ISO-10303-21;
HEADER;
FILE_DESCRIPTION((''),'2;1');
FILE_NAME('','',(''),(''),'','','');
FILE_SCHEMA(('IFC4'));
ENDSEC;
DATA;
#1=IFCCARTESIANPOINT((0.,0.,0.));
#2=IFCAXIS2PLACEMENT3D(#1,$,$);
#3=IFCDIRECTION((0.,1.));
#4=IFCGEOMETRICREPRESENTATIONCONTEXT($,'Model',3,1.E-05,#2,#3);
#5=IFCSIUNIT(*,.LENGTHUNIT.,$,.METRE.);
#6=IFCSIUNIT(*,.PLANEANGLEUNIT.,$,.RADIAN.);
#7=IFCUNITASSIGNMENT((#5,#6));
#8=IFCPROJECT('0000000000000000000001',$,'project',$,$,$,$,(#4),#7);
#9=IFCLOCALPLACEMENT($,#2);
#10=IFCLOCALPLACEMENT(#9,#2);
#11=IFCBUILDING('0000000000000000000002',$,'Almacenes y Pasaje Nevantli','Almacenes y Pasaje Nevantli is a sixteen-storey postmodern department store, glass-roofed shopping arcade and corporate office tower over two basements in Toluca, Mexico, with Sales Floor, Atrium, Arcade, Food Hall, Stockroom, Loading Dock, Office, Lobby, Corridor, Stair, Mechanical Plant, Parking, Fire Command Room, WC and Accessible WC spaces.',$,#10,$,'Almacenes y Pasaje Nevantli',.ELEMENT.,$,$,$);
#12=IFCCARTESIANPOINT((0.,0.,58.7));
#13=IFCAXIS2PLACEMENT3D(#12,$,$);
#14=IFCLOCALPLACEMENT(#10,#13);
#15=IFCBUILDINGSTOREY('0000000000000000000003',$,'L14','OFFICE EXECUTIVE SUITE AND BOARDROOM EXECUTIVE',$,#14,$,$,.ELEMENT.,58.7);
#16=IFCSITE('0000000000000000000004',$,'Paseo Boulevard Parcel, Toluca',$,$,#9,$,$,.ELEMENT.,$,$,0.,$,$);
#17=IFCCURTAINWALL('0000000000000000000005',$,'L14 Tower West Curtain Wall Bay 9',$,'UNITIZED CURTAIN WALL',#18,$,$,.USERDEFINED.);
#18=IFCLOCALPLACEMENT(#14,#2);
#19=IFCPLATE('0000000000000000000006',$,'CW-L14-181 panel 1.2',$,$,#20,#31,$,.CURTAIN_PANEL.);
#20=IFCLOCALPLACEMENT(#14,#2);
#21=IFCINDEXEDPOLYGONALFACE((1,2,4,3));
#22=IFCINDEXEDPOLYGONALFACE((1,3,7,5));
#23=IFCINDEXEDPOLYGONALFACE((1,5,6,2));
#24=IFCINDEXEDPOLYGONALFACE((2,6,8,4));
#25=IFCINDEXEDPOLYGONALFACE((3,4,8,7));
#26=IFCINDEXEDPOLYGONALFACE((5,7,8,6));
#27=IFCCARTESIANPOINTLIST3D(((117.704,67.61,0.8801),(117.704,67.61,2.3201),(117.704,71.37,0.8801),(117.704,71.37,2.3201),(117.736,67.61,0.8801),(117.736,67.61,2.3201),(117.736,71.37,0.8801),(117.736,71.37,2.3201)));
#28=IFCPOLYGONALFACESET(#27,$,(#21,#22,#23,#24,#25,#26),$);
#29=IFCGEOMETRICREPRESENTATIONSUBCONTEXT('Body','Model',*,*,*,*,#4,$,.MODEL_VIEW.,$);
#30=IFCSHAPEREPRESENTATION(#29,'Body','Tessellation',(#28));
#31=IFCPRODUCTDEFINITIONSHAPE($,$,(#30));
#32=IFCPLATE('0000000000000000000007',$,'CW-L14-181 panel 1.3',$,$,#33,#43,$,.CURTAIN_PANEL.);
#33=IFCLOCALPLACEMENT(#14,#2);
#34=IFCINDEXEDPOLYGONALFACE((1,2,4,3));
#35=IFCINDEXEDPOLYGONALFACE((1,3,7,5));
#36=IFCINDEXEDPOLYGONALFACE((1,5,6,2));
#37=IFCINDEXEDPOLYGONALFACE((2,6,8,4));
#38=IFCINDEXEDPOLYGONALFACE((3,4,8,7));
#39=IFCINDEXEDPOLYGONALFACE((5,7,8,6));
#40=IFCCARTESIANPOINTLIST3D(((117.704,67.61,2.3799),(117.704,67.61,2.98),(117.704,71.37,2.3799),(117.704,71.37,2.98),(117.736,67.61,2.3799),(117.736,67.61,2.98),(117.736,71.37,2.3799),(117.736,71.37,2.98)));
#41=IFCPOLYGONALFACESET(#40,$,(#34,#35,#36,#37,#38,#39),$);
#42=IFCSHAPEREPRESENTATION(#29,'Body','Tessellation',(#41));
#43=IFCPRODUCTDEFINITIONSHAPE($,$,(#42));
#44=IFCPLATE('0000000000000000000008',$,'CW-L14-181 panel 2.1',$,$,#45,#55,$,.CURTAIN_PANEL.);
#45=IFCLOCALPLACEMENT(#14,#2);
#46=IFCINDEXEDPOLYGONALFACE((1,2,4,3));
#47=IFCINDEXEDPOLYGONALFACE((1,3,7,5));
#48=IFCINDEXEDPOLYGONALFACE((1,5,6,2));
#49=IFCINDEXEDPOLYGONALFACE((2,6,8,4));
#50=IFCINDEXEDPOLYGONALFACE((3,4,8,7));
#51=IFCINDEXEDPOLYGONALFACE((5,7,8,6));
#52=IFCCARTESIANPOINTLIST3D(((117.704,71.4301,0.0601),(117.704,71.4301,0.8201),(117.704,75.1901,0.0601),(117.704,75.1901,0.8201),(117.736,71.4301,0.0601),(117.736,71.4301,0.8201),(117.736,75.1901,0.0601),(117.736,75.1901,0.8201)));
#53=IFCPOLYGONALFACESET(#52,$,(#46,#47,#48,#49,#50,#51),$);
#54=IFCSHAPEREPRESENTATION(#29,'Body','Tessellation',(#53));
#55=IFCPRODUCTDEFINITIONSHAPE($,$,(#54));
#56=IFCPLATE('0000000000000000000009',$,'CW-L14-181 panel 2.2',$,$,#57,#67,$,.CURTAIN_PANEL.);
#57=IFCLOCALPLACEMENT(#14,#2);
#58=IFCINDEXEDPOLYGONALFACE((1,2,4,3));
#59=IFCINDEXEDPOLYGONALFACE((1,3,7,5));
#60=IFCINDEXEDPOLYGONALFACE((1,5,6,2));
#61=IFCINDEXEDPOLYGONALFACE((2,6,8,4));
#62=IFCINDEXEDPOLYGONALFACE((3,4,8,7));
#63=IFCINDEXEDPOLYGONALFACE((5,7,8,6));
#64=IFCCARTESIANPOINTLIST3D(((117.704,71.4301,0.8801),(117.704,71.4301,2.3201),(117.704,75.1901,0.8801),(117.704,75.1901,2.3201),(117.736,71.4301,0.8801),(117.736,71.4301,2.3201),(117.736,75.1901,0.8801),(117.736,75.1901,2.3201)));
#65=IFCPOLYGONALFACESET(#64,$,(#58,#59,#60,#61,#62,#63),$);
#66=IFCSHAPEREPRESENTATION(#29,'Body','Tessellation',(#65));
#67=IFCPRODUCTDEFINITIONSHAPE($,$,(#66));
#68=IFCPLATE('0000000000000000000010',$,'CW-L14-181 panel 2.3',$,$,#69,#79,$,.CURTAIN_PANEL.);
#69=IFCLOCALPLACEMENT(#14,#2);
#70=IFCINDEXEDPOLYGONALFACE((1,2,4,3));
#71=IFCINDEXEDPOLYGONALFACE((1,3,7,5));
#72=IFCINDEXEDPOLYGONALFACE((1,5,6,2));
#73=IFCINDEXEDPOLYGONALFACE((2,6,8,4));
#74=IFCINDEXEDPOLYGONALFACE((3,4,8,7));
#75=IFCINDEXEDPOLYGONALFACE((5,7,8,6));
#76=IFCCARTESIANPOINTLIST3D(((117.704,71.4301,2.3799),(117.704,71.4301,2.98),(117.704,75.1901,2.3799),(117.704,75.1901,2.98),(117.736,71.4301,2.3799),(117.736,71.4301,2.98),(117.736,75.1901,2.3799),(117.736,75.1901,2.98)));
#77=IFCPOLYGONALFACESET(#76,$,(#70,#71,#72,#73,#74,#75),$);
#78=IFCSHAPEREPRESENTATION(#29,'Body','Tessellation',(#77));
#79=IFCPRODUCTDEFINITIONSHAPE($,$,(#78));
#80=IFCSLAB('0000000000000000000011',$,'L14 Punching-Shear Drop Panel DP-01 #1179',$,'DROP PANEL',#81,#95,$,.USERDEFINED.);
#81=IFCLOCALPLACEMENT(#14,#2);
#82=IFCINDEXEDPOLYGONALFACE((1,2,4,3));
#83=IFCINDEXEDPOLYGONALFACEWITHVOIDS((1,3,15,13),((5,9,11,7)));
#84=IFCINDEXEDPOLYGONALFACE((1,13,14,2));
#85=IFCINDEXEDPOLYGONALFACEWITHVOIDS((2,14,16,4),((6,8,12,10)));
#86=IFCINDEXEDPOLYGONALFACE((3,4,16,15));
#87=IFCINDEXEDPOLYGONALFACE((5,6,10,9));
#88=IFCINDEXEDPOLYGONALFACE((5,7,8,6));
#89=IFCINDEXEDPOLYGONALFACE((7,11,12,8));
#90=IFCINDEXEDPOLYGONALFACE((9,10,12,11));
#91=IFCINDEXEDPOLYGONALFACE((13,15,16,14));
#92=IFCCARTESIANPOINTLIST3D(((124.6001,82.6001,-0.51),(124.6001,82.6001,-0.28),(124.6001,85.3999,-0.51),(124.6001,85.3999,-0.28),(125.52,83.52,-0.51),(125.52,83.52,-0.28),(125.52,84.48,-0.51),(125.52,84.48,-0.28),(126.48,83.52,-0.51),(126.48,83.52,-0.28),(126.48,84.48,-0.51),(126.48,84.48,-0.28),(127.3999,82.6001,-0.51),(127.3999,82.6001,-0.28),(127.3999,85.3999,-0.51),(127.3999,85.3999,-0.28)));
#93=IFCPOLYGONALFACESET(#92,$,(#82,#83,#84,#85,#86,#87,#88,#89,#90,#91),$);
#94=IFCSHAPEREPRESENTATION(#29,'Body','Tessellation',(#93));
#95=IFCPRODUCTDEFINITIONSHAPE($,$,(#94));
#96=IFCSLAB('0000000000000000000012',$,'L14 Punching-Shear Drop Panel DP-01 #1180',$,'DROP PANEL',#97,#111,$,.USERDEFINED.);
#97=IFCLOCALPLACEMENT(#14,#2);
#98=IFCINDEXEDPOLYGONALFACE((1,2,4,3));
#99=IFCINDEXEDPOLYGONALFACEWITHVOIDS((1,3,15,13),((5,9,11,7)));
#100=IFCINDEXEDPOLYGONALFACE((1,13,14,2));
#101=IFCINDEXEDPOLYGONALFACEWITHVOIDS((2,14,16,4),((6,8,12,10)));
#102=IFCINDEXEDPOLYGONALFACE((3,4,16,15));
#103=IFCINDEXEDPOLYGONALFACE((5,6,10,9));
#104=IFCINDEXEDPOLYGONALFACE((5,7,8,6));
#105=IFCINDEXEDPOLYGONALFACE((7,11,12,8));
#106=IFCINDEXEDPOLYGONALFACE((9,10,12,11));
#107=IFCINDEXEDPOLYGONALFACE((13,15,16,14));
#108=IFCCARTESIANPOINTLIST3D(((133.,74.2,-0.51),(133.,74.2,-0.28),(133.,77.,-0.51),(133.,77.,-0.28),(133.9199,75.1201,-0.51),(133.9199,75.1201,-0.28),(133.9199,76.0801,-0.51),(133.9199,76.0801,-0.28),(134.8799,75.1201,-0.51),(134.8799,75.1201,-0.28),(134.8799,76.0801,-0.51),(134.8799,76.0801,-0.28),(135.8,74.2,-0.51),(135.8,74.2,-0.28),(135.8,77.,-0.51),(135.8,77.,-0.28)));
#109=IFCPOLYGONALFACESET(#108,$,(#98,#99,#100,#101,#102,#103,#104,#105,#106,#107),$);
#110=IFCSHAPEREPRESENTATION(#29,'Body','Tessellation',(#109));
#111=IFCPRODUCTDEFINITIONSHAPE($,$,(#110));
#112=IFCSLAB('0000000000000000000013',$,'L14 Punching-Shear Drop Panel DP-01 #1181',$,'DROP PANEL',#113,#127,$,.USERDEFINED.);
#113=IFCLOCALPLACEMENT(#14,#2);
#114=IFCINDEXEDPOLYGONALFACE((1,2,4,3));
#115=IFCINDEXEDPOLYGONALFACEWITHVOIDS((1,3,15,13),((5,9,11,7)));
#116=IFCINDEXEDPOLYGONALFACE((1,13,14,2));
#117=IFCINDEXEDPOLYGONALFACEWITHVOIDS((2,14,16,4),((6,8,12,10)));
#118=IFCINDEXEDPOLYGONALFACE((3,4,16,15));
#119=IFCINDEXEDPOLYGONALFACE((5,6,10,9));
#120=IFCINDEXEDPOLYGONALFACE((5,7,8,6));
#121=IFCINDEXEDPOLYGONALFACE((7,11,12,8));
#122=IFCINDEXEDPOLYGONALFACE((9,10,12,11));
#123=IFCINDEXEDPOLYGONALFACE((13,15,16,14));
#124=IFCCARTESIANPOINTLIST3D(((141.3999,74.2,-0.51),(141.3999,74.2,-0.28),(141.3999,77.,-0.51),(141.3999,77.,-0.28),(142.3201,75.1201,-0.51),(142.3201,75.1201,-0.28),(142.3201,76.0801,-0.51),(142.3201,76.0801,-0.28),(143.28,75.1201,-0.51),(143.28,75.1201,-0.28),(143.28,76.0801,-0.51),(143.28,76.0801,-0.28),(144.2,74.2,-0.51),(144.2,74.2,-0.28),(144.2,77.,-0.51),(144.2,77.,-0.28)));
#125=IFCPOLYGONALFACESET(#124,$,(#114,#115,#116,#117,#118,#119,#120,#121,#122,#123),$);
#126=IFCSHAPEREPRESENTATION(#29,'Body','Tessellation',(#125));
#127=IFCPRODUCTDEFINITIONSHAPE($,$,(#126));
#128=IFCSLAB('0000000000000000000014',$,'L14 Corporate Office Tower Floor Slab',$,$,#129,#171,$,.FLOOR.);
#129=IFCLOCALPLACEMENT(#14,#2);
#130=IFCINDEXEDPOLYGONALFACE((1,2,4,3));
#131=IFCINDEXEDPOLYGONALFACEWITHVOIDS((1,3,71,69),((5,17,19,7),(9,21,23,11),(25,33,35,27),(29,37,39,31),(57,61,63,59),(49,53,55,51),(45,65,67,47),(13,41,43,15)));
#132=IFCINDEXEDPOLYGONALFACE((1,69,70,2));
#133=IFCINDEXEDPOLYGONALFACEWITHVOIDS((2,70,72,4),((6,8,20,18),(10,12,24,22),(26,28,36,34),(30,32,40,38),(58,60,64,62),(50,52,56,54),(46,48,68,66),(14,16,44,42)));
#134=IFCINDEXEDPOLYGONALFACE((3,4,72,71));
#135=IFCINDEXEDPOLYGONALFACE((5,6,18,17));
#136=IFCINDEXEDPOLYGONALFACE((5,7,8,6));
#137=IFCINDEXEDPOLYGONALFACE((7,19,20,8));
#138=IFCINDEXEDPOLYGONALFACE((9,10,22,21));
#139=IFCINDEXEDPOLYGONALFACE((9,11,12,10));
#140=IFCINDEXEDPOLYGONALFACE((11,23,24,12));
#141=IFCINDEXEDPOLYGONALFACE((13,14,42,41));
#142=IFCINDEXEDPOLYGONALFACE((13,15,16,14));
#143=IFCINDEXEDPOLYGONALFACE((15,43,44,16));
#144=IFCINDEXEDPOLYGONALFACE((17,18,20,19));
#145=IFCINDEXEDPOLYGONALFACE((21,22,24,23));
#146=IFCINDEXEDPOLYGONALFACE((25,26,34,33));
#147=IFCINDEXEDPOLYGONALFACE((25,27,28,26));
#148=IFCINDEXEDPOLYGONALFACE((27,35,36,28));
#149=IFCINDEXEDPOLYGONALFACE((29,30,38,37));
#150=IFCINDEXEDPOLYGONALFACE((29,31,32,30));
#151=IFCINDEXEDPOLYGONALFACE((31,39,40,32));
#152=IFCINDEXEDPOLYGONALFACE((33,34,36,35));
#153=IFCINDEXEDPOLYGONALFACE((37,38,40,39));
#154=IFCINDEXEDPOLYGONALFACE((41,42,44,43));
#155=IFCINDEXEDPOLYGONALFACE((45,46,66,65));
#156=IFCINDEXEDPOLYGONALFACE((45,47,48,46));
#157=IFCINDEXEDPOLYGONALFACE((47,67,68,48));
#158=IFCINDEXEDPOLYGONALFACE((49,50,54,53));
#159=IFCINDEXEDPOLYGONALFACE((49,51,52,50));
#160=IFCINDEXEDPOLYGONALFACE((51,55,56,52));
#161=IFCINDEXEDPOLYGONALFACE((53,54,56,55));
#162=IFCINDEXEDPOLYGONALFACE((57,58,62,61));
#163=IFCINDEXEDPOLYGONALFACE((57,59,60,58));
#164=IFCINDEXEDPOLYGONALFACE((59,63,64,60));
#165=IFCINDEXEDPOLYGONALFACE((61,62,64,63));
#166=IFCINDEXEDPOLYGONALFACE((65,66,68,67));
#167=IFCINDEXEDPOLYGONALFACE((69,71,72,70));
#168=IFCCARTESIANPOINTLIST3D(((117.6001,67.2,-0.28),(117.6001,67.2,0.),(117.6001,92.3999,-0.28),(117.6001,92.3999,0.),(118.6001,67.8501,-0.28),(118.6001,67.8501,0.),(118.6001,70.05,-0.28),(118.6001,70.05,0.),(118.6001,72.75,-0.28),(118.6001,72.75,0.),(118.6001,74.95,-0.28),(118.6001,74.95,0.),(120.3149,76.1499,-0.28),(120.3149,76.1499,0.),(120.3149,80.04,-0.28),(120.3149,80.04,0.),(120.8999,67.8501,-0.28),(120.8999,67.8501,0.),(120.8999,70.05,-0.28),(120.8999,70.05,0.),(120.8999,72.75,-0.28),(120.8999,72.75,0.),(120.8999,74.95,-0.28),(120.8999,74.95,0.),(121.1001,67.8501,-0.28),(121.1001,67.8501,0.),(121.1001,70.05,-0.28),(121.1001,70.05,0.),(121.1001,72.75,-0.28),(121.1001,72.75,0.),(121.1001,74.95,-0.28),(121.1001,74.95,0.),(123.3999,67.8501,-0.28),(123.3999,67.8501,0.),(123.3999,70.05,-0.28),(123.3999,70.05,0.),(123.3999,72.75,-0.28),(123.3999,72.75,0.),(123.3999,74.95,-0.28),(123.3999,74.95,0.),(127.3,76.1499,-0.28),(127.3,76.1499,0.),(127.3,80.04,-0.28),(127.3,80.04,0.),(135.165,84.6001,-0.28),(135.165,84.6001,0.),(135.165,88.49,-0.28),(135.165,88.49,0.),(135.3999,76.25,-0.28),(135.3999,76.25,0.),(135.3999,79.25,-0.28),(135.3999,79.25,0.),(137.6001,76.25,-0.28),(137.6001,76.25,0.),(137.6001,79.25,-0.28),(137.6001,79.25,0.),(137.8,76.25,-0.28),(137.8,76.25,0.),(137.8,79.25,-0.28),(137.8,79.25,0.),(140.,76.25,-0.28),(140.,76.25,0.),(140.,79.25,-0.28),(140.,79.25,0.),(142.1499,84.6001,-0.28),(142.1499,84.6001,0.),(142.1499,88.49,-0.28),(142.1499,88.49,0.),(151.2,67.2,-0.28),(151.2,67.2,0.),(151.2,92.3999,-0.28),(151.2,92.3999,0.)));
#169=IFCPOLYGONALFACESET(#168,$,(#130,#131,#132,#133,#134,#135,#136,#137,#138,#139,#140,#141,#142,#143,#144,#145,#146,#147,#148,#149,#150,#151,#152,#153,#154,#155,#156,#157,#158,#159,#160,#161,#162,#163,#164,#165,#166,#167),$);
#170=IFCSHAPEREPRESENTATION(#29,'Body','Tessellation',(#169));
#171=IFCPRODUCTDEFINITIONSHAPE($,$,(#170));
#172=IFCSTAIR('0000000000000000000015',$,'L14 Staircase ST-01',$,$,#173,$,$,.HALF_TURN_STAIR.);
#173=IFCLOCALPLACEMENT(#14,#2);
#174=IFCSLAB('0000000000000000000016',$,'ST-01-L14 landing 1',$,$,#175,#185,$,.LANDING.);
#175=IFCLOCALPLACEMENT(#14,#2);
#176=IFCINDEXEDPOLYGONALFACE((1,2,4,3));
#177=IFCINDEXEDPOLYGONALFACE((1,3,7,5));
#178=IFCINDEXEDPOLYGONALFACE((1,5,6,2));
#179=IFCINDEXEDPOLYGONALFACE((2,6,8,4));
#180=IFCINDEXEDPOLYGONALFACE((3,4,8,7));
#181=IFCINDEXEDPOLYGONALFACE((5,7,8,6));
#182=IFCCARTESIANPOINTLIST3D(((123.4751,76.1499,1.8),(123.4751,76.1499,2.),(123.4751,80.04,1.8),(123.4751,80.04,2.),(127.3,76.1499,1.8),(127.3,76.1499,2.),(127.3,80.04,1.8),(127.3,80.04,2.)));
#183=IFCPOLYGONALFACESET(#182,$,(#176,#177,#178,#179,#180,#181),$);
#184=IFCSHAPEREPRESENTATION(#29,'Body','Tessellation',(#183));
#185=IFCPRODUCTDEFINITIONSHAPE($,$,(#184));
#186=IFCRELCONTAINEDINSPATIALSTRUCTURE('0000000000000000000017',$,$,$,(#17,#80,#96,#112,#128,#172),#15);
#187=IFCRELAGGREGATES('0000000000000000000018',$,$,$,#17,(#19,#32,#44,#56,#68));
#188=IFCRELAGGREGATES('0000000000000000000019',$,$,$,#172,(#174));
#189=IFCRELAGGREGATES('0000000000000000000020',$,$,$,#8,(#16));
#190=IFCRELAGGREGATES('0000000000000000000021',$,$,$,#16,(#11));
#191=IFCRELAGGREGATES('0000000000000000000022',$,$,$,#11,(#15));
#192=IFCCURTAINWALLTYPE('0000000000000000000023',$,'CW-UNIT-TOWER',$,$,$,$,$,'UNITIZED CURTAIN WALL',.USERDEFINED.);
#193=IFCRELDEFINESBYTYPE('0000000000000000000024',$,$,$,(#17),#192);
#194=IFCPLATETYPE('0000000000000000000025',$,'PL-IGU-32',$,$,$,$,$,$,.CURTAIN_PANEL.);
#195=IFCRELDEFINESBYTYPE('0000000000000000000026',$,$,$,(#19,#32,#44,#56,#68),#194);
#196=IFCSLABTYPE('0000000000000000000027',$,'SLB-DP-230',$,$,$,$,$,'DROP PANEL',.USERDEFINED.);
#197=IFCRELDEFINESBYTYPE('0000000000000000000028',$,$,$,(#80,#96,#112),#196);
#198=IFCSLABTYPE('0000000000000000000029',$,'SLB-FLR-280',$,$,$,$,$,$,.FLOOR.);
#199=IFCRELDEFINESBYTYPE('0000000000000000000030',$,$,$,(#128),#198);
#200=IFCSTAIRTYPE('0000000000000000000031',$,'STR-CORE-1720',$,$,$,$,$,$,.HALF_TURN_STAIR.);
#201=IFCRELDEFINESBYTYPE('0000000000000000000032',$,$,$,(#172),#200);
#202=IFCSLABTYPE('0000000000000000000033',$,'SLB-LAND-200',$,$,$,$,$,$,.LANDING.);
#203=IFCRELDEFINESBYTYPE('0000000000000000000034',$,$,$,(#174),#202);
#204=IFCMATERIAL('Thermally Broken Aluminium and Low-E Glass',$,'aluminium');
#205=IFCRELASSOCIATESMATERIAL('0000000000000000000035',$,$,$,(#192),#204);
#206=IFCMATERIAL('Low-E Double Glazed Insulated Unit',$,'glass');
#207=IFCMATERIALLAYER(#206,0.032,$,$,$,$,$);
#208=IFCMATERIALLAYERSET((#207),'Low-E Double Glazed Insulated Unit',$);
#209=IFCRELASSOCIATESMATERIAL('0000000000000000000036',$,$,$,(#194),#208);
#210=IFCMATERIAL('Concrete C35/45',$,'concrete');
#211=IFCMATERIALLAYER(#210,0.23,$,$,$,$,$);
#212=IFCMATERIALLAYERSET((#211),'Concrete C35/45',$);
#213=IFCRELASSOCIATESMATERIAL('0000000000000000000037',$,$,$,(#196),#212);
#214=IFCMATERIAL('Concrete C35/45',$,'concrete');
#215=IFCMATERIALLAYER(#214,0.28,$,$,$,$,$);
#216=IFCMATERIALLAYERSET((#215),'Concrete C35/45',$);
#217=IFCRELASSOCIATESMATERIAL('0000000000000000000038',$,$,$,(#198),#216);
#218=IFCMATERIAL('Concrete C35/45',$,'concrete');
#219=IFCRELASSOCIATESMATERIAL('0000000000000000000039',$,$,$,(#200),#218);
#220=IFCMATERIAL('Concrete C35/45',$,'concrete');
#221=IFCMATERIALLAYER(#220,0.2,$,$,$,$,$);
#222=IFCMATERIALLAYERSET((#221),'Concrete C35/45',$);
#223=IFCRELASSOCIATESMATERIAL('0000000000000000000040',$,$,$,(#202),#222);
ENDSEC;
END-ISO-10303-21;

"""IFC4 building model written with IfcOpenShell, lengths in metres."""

from ifc_helpers import new_model, si_unit, direction, frame, origin, origin_2d, place, context, subcontext, project, spatial, polyline, rectangle, outline, extrude, material, layer, layer_set, type_object, element, aggregate, save


model = new_model("IFC4")

# Units and contexts
model_context = context("Model", 3, precision=1e-05, world=origin(), true_north=direction((0.0, 1.0)))
body_context = subcontext(model_context, "Body", "Model", "MODEL_VIEW")
ifc_project = project(units=[si_unit("LENGTHUNIT", "METRE"), si_unit("PLANEANGLEUNIT", "RADIAN")], contexts=[model_context])

# Site, building, storey
site_placement = place(None, origin())
site = spatial("IfcSite", under=ifc_project, at=site_placement, Name="Paseo Boulevard Parcel, Toluca", CompositionType="ELEMENT", RefElevation=0.0)
building_placement = place(site_placement, origin())
building = spatial("IfcBuilding", under=site, at=building_placement, Name="Almacenes y Pasaje Nevantli", Description="Almacenes y Pasaje Nevantli is a sixteen-storey postmodern department store, glass-roofed shopping arcade and corporate office tower over two basements in Toluca, Mexico, with Sales Floor, Atrium, Arcade, Food Hall, Stockroom, Loading Dock, Office, Lobby, Corridor, Stair, Mechanical Plant, Parking, Fire Command Room, WC and Accessible WC spaces.", LongName="Almacenes y Pasaje Nevantli", CompositionType="ELEMENT")
storey_placement = place(building_placement, frame((0.0, 0.0, 58.7)))
storey = spatial("IfcBuildingStorey", under=building, at=storey_placement, Name="L14", Description="OFFICE EXECUTIVE SUITE AND BOARDROOM EXECUTIVE", CompositionType="ELEMENT", Elevation=58.7)

# Curtain wall
ifc_material_1 = material(Name="Thermally Broken Aluminium and Low-E Glass", Category="aluminium")
curtain_wall_type = type_object("IfcCurtainWallType", Name="CW-UNIT-TOWER", ElementType="UNITIZED CURTAIN WALL", PredefinedType="USERDEFINED", material=ifc_material_1)
curtain_wall_1_placement = place(storey_placement, origin())
curtain_wall_1 = element("IfcCurtainWall", 1, at=curtain_wall_1_placement, inside=storey, type_object=curtain_wall_type, Name="L14 Tower West Curtain Wall Bay 9", ObjectType="UNITIZED CURTAIN WALL", PredefinedType="USERDEFINED")

# Plates
ifc_material_2 = material(Name="Low-E Double Glazed Insulated Unit", Category="glass")
ifc_layer_1 = layer(ifc_material_2, 0.032)
ifc_layer_set_1 = layer_set([ifc_layer_1], Name="Low-E Double Glazed Insulated Unit")
plate_type = type_object("IfcPlateType", Name="PL-IGU-32", PredefinedType="CURTAIN_PANEL", material=ifc_layer_set_1)
plate_1_placement = place(storey_placement, frame((117.72, 69.49, 0.8801), z_axis=(0.0, 0.0, 1.0), x_axis=(0.0, 1.0, 0.0)))
plate_1 = element("IfcPlate", 2, at=plate_1_placement, type_object=plate_type, Name="CW-L14-181 panel 1.2", PredefinedType="CURTAIN_PANEL", context=body_context, shape_type="SweptSolid", body=[
    extrude(rectangle(XDim=3.76, YDim=0.032, at=origin_2d()), origin(), (0.0, 0.0, 1.0), 1.4399),
])
plate_2_placement = place(storey_placement, frame((117.72, 69.49, 2.3799), z_axis=(0.0, 0.0, 1.0), x_axis=(0.0, 1.0, 0.0)))
plate_2 = element("IfcPlate", 3, at=plate_2_placement, type_object=plate_type, Name="CW-L14-181 panel 1.3", PredefinedType="CURTAIN_PANEL", context=body_context, shape_type="SweptSolid", body=[
    extrude(rectangle(XDim=3.76, YDim=0.032, at=origin_2d()), origin(), (0.0, 0.0, 1.0), 0.6001),
])
plate_3_placement = place(storey_placement, frame((117.72, 73.3101, 0.0601), z_axis=(0.0, 0.0, 1.0), x_axis=(0.0, 1.0, 0.0)))
plate_3 = element("IfcPlate", 4, at=plate_3_placement, type_object=plate_type, Name="CW-L14-181 panel 2.1", PredefinedType="CURTAIN_PANEL", context=body_context, shape_type="SweptSolid", body=[
    extrude(rectangle(XDim=3.76, YDim=0.032, at=origin_2d()), origin(), (0.0, 0.0, 1.0), 0.76),
])
plate_4_placement = place(storey_placement, frame((117.72, 73.3101, 0.8801), z_axis=(0.0, 0.0, 1.0), x_axis=(0.0, 1.0, 0.0)))
plate_4 = element("IfcPlate", 5, at=plate_4_placement, type_object=plate_type, Name="CW-L14-181 panel 2.2", PredefinedType="CURTAIN_PANEL", context=body_context, shape_type="SweptSolid", body=[
    extrude(rectangle(XDim=3.76, YDim=0.032, at=origin_2d()), origin(), (0.0, 0.0, 1.0), 1.4399),
])
plate_5_placement = place(storey_placement, frame((117.72, 73.3101, 2.3799), z_axis=(0.0, 0.0, 1.0), x_axis=(0.0, 1.0, 0.0)))
plate_5 = element("IfcPlate", 6, at=plate_5_placement, type_object=plate_type, Name="CW-L14-181 panel 2.3", PredefinedType="CURTAIN_PANEL", context=body_context, shape_type="SweptSolid", body=[
    extrude(rectangle(XDim=3.76, YDim=0.032, at=origin_2d()), origin(), (0.0, 0.0, 1.0), 0.6001),
])
aggregate(curtain_wall_1, [plate_1, plate_2, plate_3, plate_4, plate_5])

# Slabs
ifc_material_3 = material(Name="Concrete C35/45", Category="concrete")
ifc_layer_2 = layer(ifc_material_3, 0.23)
ifc_layer_set_2 = layer_set([ifc_layer_2], Name="Concrete C35/45")
slab_type_1 = type_object("IfcSlabType", Name="SLB-DP-230", ElementType="DROP PANEL", PredefinedType="USERDEFINED", material=ifc_layer_set_2)
slab_1_placement = place(storey_placement, frame((0.0, 0.0, -0.51)))
element("IfcSlab", 7, at=slab_1_placement, inside=storey, type_object=slab_type_1, Name="L14 Punching-Shear Drop Panel DP-01 #1179", ObjectType="DROP PANEL", PredefinedType="USERDEFINED", context=body_context, shape_type="SweptSolid", body=[
    extrude(outline(polyline([(124.6001, 82.6001), (127.3999, 82.6001), (127.3999, 85.3999), (124.6001, 85.3999), (124.6001, 82.6001)]), holes=[polyline([(125.52, 83.52), (126.48, 83.52), (126.48, 84.48), (125.52, 84.48), (125.52, 83.52)])]), origin(), (0.0, 0.0, 1.0), 0.23),
])
slab_2_placement = place(storey_placement, frame((0.0, 0.0, -0.51)))
element("IfcSlab", 8, at=slab_2_placement, inside=storey, type_object=slab_type_1, Name="L14 Punching-Shear Drop Panel DP-01 #1180", ObjectType="DROP PANEL", PredefinedType="USERDEFINED", context=body_context, shape_type="SweptSolid", body=[
    extrude(outline(polyline([(133.0, 74.2), (135.8, 74.2), (135.8, 77.0), (133.0, 77.0), (133.0, 74.2)]), holes=[polyline([(133.9199, 75.1201), (134.8799, 75.1201), (134.8799, 76.0801), (133.9199, 76.0801), (133.9199, 75.1201)])]), origin(), (0.0, 0.0, 1.0), 0.23),
])
slab_3_placement = place(storey_placement, frame((0.0, 0.0, -0.51)))
element("IfcSlab", 9, at=slab_3_placement, inside=storey, type_object=slab_type_1, Name="L14 Punching-Shear Drop Panel DP-01 #1181", ObjectType="DROP PANEL", PredefinedType="USERDEFINED", context=body_context, shape_type="SweptSolid", body=[
    extrude(outline(polyline([(141.3999, 74.2), (144.2, 74.2), (144.2, 77.0), (141.3999, 77.0), (141.3999, 74.2)]), holes=[polyline([(142.3201, 75.1201), (143.28, 75.1201), (143.28, 76.0801), (142.3201, 76.0801), (142.3201, 75.1201)])]), origin(), (0.0, 0.0, 1.0), 0.23),
])
ifc_material_4 = material(Name="Concrete C35/45", Category="concrete")
ifc_layer_3 = layer(ifc_material_4, 0.28)
ifc_layer_set_3 = layer_set([ifc_layer_3], Name="Concrete C35/45")
slab_type_2 = type_object("IfcSlabType", Name="SLB-FLR-280", PredefinedType="FLOOR", material=ifc_layer_set_3)
slab_4_placement = place(storey_placement, frame((0.0, 0.0, -0.28)))
element("IfcSlab", 10, at=slab_4_placement, inside=storey, type_object=slab_type_2, Name="L14 Corporate Office Tower Floor Slab", PredefinedType="FLOOR", context=body_context, shape_type="SweptSolid", body=[
    extrude(outline(polyline([(117.6001, 67.2), (151.2, 67.2), (151.2, 92.3999), (117.6001, 92.3999), (117.6001, 67.2)]), holes=[polyline([(120.3149, 76.1499), (127.3, 76.1499), (127.3, 80.04), (120.3149, 80.04), (120.3149, 76.1499)]), polyline([(135.165, 84.6001), (142.1499, 84.6001), (142.1499, 88.49), (135.165, 88.49), (135.165, 84.6001)]), polyline([(118.6001, 67.8501), (120.8999, 67.8501), (120.8999, 70.05), (118.6001, 70.05), (118.6001, 67.8501)]), polyline([(121.1001, 67.8501), (123.3999, 67.8501), (123.3999, 70.05), (121.1001, 70.05), (121.1001, 67.8501)]), polyline([(118.6001, 72.75), (120.8999, 72.75), (120.8999, 74.95), (118.6001, 74.95), (118.6001, 72.75)]), polyline([(121.1001, 72.75), (123.3999, 72.75), (123.3999, 74.95), (121.1001, 74.95), (121.1001, 72.75)]), polyline([(135.3999, 76.25), (137.6001, 76.25), (137.6001, 79.25), (135.3999, 79.25), (135.3999, 76.25)]), polyline([(137.8, 76.25), (140.0, 76.25), (140.0, 79.25), (137.8, 79.25), (137.8, 76.25)])]), origin(), (0.0, 0.0, 1.0), 0.28),
])

# Stair, slab
ifc_material_5 = material(Name="Concrete C35/45", Category="concrete")
stair_type = type_object("IfcStairType", Name="STR-CORE-1720", PredefinedType="HALF_TURN_STAIR", material=ifc_material_5)
stair_1_placement = place(storey_placement, origin())
stair_1 = element("IfcStair", 11, at=stair_1_placement, inside=storey, type_object=stair_type, Name="L14 Staircase ST-01", PredefinedType="HALF_TURN_STAIR")
ifc_material_6 = material(Name="Concrete C35/45", Category="concrete")
ifc_layer_4 = layer(ifc_material_6, 0.2)
ifc_layer_set_4 = layer_set([ifc_layer_4], Name="Concrete C35/45")
slab_type_3 = type_object("IfcSlabType", Name="SLB-LAND-200", PredefinedType="LANDING", material=ifc_layer_set_4)
slab_5_placement = place(storey_placement, frame((0.0, 0.0, 1.8)))
slab_5 = element("IfcSlab", 12, at=slab_5_placement, type_object=slab_type_3, Name="ST-01-L14 landing 1", PredefinedType="LANDING", context=body_context, shape_type="SweptSolid", body=[
    extrude(outline(polyline([(123.4751, 76.1499), (127.3, 76.1499), (127.3, 80.04), (123.4751, 80.04), (123.4751, 76.1499)])), origin(), (0.0, 0.0, 1.0), 0.2),
])
aggregate(stair_1, [slab_5])

save(model, "model.ifc")
